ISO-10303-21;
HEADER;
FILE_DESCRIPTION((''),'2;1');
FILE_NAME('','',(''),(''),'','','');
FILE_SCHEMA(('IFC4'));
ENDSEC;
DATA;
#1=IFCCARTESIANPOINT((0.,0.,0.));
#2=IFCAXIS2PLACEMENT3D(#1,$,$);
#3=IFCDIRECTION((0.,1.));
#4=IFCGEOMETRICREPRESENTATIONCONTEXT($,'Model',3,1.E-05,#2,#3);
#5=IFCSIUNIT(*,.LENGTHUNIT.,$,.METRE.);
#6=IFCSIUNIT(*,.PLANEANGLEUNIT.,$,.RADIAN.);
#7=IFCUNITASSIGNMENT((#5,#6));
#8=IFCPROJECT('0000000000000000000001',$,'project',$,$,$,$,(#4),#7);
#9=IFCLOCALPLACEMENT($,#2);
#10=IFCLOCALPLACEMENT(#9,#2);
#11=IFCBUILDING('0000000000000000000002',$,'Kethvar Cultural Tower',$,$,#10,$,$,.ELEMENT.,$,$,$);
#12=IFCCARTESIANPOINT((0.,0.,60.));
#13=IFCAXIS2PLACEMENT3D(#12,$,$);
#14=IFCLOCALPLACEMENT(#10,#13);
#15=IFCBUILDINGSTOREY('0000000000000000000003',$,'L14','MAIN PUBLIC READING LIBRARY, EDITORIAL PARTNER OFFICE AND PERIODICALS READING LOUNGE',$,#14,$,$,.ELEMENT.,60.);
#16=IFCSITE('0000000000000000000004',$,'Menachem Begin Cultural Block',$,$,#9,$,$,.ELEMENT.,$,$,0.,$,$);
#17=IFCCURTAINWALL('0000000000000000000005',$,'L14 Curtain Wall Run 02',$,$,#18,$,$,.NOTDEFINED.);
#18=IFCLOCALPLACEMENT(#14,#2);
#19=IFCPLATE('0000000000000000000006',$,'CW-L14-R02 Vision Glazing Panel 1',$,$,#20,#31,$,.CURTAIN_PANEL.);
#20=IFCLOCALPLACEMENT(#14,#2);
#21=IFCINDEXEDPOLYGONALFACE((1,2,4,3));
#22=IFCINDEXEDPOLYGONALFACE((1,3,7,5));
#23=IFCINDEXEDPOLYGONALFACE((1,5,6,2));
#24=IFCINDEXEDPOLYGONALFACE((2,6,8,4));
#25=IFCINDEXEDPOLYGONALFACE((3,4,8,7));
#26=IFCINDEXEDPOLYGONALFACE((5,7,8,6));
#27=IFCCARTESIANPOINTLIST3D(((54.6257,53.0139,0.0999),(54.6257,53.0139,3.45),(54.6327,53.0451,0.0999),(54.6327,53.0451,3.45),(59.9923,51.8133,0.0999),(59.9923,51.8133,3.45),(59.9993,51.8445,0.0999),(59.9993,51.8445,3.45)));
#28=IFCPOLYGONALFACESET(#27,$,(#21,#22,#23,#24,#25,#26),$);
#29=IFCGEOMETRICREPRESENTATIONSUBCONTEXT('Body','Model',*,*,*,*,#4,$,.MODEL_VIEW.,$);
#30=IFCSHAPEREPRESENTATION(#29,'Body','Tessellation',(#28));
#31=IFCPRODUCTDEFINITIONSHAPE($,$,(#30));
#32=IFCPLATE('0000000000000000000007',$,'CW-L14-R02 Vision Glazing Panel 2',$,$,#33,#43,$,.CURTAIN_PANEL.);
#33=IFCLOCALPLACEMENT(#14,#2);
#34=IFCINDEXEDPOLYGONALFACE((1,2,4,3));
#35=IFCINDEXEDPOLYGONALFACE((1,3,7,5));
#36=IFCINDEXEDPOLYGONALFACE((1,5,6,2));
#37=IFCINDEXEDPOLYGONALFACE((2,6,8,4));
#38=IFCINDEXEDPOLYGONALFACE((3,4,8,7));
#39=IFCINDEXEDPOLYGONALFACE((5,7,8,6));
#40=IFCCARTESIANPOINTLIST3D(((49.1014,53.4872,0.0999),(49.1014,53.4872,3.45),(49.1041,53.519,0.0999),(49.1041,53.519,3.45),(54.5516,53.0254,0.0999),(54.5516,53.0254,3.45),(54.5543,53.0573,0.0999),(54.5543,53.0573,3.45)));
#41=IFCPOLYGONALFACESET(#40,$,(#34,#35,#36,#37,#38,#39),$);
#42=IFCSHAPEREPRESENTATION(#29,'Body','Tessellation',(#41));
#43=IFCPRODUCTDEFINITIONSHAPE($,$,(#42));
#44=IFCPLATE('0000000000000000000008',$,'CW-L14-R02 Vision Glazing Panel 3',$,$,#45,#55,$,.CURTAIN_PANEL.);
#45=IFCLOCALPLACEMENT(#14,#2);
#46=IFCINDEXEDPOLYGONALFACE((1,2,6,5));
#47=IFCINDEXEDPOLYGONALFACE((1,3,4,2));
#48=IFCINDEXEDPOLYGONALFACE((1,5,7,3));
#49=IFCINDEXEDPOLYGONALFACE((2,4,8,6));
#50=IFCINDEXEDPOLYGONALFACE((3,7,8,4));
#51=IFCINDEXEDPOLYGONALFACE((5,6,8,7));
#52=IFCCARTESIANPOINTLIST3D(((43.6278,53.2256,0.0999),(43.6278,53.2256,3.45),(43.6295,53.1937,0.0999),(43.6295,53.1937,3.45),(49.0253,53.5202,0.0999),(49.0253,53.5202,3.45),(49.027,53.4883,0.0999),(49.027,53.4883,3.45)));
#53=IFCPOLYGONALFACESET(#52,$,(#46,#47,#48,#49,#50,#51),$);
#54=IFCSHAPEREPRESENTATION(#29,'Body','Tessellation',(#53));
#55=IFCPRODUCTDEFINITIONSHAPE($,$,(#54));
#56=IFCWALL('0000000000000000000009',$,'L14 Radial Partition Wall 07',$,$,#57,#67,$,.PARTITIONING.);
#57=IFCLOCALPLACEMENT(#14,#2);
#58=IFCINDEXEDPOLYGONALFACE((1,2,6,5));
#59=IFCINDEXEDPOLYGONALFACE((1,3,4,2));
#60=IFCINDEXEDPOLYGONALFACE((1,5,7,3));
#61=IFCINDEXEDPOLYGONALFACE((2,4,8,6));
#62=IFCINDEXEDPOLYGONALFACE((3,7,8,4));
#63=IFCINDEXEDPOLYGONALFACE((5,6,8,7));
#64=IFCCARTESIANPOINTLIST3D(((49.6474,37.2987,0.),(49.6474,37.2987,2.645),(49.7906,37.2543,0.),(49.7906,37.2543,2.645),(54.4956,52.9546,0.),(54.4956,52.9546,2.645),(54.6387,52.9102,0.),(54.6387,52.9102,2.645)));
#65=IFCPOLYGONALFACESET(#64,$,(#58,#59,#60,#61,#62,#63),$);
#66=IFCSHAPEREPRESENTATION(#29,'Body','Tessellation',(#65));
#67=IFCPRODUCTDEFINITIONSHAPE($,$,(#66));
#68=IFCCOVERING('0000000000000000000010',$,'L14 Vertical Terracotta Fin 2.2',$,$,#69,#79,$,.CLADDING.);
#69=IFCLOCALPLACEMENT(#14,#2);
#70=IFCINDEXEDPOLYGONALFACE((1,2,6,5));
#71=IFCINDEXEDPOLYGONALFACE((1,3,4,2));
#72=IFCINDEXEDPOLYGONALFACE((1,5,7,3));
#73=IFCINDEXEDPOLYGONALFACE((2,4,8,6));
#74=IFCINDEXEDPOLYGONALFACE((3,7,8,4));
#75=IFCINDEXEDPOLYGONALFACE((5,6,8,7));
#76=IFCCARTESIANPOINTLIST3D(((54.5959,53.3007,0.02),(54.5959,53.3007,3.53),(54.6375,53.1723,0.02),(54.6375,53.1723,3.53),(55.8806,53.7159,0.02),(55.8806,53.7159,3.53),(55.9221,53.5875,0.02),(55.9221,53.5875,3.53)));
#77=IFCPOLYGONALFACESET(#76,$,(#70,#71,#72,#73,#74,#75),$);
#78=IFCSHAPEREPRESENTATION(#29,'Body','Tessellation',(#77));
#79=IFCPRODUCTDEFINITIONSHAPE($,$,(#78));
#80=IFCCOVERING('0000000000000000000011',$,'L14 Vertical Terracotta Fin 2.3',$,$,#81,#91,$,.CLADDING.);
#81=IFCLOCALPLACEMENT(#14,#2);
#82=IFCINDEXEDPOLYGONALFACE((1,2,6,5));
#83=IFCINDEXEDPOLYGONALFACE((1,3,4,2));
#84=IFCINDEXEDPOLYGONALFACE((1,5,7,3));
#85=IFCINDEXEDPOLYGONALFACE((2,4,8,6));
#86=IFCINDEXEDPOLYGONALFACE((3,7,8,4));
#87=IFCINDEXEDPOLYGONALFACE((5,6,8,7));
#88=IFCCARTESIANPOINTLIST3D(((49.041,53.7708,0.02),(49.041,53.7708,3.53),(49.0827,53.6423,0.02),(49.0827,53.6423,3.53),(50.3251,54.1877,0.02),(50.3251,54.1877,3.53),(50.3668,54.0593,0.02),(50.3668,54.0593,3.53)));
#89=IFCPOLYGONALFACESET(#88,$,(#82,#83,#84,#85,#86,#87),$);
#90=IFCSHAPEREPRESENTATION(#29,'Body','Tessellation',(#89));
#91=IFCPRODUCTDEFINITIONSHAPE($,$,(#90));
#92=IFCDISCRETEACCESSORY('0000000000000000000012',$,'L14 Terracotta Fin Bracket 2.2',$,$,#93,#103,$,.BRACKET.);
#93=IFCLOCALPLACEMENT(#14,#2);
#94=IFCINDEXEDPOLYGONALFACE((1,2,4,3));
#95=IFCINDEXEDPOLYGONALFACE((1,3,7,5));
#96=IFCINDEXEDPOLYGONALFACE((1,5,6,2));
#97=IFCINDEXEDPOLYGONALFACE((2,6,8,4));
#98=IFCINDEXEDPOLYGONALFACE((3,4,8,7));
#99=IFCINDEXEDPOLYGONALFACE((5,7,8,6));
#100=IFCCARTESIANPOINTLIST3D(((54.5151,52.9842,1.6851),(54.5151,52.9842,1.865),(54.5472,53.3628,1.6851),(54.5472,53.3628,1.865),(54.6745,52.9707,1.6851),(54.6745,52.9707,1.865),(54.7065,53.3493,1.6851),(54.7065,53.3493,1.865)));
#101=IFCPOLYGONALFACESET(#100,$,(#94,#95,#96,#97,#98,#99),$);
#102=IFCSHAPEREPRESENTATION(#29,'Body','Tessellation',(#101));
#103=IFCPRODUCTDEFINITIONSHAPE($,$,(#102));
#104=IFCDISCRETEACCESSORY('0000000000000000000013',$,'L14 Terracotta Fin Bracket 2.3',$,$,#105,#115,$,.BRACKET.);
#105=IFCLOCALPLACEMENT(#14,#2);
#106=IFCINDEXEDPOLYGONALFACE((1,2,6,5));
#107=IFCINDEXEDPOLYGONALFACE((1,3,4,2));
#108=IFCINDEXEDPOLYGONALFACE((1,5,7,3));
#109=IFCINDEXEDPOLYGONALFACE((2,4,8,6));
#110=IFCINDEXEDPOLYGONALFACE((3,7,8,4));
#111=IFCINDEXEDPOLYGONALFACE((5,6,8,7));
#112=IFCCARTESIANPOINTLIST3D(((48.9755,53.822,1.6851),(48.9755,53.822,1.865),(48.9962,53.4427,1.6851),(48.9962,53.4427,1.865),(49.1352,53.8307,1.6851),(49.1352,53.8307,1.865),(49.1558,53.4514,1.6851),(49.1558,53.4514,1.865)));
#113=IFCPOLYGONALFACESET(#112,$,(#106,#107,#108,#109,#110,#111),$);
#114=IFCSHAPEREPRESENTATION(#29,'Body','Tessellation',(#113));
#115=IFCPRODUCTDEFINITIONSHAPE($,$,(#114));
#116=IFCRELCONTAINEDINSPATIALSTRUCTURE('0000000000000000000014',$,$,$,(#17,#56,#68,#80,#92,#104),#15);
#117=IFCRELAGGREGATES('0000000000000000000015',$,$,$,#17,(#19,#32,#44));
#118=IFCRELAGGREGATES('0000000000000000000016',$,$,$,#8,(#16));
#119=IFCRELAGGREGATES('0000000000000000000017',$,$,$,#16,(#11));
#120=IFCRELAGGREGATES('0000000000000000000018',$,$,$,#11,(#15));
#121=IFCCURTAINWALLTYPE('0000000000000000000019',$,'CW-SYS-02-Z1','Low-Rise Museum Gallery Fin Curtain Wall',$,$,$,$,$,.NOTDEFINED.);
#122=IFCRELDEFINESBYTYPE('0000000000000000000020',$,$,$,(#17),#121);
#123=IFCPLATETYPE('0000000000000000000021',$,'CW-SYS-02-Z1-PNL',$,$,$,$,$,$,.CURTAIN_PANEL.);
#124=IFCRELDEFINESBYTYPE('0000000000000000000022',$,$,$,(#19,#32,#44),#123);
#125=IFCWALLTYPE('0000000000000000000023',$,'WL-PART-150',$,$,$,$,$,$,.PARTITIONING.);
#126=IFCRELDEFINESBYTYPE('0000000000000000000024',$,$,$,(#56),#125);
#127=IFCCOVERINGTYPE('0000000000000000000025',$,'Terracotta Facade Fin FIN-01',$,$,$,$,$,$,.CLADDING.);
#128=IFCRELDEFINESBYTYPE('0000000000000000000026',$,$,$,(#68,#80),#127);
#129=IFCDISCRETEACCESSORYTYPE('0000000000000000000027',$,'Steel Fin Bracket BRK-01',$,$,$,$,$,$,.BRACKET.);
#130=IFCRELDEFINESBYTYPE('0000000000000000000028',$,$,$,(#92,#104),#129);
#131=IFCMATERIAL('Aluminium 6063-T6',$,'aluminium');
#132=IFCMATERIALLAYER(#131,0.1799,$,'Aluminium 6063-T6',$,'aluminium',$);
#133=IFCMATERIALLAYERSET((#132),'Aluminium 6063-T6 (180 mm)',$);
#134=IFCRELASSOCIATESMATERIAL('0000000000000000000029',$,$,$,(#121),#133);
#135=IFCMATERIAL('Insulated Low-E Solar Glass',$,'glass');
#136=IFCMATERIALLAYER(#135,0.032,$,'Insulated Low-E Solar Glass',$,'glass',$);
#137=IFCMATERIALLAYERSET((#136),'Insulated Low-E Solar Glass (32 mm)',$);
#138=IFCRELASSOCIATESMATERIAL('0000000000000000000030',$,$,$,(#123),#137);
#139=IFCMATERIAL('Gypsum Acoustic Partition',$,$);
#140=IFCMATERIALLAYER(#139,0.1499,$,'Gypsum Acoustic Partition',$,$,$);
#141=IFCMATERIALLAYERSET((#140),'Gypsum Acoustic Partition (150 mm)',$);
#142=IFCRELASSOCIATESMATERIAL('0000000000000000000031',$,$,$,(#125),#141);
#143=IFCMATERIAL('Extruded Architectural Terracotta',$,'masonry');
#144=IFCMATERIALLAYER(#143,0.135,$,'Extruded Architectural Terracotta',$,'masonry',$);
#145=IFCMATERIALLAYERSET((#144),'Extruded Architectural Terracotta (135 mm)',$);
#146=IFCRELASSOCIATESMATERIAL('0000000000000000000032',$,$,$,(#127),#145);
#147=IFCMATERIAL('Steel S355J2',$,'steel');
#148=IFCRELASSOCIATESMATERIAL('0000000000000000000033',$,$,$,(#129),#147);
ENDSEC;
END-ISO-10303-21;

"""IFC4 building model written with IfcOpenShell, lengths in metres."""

from ifc_helpers import new_model, si_unit, direction, frame, frame_2d, origin, origin_2d, place, context, subcontext, project, spatial, rectangle, extrude, source, transform, mapped, material, layer, layer_set, type_object, element, aggregate, save


model = new_model("IFC4")

# Units and contexts
model_context = context("Model", 3, precision=1e-05, world=origin(), true_north=direction((0.0, 1.0)))
body_context = subcontext(model_context, "Body", "Model", "MODEL_VIEW")
ifc_project = project(units=[si_unit("LENGTHUNIT", "METRE"), si_unit("PLANEANGLEUNIT", "RADIAN")], contexts=[model_context])

# Site, building, storey
site_placement = place(None, origin())
site = spatial("IfcSite", under=ifc_project, at=site_placement, Name="Menachem Begin Cultural Block", CompositionType="ELEMENT", RefElevation=0.0)
building_placement = place(site_placement, origin())
building = spatial("IfcBuilding", under=site, at=building_placement, Name="Kethvar Cultural Tower", CompositionType="ELEMENT")
storey_placement = place(building_placement, frame((0.0, 0.0, 60.0)))
storey = spatial("IfcBuildingStorey", under=building, at=storey_placement, Name="L14", Description="MAIN PUBLIC READING LIBRARY, EDITORIAL PARTNER OFFICE AND PERIODICALS READING LOUNGE", CompositionType="ELEMENT", Elevation=60.0)

# Shared definitions
ifc_material_1 = material(Name="Steel S355J2", Category="steel")

# Curtain wall, plates
ifc_material_2 = material(Name="Aluminium 6063-T6", Category="aluminium")
ifc_layer_1 = layer(ifc_material_2, 0.1799, Name="Aluminium 6063-T6", Category="aluminium")
ifc_layer_set_1 = layer_set([ifc_layer_1], Name="Aluminium 6063-T6 (180 mm)")
curtain_wall_type = type_object("IfcCurtainWallType", Name="CW-SYS-02-Z1", Description="Low-Rise Museum Gallery Fin Curtain Wall", PredefinedType="NOTDEFINED", material=ifc_layer_set_1)
curtain_wall_placement = place(storey_placement, origin())
curtain_wall = element("IfcCurtainWall", 1, at=curtain_wall_placement, inside=storey, type_object=curtain_wall_type, Name="L14 Curtain Wall Run 02", PredefinedType="NOTDEFINED")
ifc_material_3 = material(Name="Insulated Low-E Solar Glass", Category="glass")
ifc_layer_2 = layer(ifc_material_3, 0.032, Name="Insulated Low-E Solar Glass", Category="glass")
ifc_layer_set_2 = layer_set([ifc_layer_2], Name="Insulated Low-E Solar Glass (32 mm)")
plate_type = type_object("IfcPlateType", Name="CW-SYS-02-Z1-PNL", PredefinedType="CURTAIN_PANEL", material=ifc_layer_set_2)
shared_shape_1 = source(origin(), body_context, "Body", "SweptSolid", [
    extrude(rectangle(XDim=5.4993, YDim=0.032, at=origin_2d()), origin(), (0.0, 0.0, 1.0), 3.3501),
])
plate_1_placement = place(storey_placement, frame((57.3125, 52.4292, 0.0999), z_axis=(0.0, 0.0, 1.0), x_axis=(-0.975879, 0.218314, 0.0)))
plate_1 = element("IfcPlate", 2, at=plate_1_placement, type_object=plate_type, Name="CW-L14-R02 Vision Glazing Panel 1", PredefinedType="CURTAIN_PANEL", context=body_context, shape_type="MappedRepresentation", body=[
    mapped(shared_shape_1, transform((0.0, 0.0, 0.0), scale=1.0)),
])
shared_shape_2 = source(origin(), body_context, "Body", "SweptSolid", [
    extrude(rectangle(XDim=5.4697, YDim=0.032, at=origin_2d()), origin(), (0.0, 0.0, 1.0), 3.3501),
])
plate_2_placement = place(storey_placement, frame((51.8279, 53.2722, 0.0999), z_axis=(0.0, 0.0, 1.0), x_axis=(-0.99643, 0.084426, 0.0)))
plate_2 = element("IfcPlate", 3, at=plate_2_placement, type_object=plate_type, Name="CW-L14-R02 Vision Glazing Panel 2", PredefinedType="CURTAIN_PANEL", context=body_context, shape_type="MappedRepresentation", body=[
    mapped(shared_shape_2, transform((0.0, 0.0, 0.0), scale=1.0)),
])
shared_shape_3 = source(origin(), body_context, "Body", "SweptSolid", [
    extrude(rectangle(XDim=5.4055, YDim=0.032, at=origin_2d()), origin(), (0.0, 0.0, 1.0), 3.3501),
])
plate_3_placement = place(storey_placement, frame((46.3274, 53.3569, 0.0999), z_axis=(0.0, 0.0, 1.0), x_axis=(-0.998514, -0.054497, 0.0)))
plate_3 = element("IfcPlate", 4, at=plate_3_placement, type_object=plate_type, Name="CW-L14-R02 Vision Glazing Panel 3", PredefinedType="CURTAIN_PANEL", context=body_context, shape_type="MappedRepresentation", body=[
    mapped(shared_shape_3, transform((0.0, 0.0, 0.0), scale=1.0)),
])
aggregate(curtain_wall, [plate_1, plate_2, plate_3])

# Wall
ifc_material_4 = material(Name="Gypsum Acoustic Partition")
ifc_layer_3 = layer(ifc_material_4, 0.1499, Name="Gypsum Acoustic Partition")
ifc_layer_set_3 = layer_set([ifc_layer_3], Name="Gypsum Acoustic Partition (150 mm)")
wall_type_1 = type_object("IfcWallType", Name="WL-PART-150", PredefinedType="PARTITIONING", material=ifc_layer_set_3)
wall_1_placement = place(storey_placement, frame((49.719, 37.2764, 0.0), z_axis=(0.0, 0.0, 1.0), x_axis=(0.295808, 0.955247, 0.0)))
element("IfcWall", 5, at=wall_1_placement, inside=storey, type_object=wall_type_1, Name="L14 Radial Partition Wall 07", PredefinedType="PARTITIONING", context=body_context, shape_type="SweptSolid", body=[
    extrude(rectangle(XDim=16.3894, YDim=0.1499, at=frame_2d((8.1948, 0.0))), origin(), (0.0, 0.0, 1.0), 2.645),
])

# Coverings
ifc_material_5 = material(Name="Extruded Architectural Terracotta", Category="masonry")
ifc_layer_4 = layer(ifc_material_5, 0.135, Name="Extruded Architectural Terracotta", Category="masonry")
ifc_layer_set_4 = layer_set([ifc_layer_4], Name="Extruded Architectural Terracotta (135 mm)")
covering_type = type_object("IfcCoveringType", Name="Terracotta Facade Fin FIN-01", PredefinedType="CLADDING", material=ifc_layer_set_4)
shared_shape_4 = source(origin(), body_context, "Body", "SweptSolid", [
    extrude(rectangle(XDim=1.3501, YDim=0.135, at=origin_2d()), origin(), (0.0, 0.0, 1.0), 3.51),
])
for number, where, z_axis, x_axis, name in (
    (6, (55.259, 53.4441, 0.02), (0.0, 0.0, 1.0), (0.951541, 0.307523, 0.0), "L14 Vertical Terracotta Fin 2.2"),
    (7, (49.7039, 53.915, 0.02), (0.0, 0.0, 1.0), (0.95111, 0.308851, 0.0), "L14 Vertical Terracotta Fin 2.3"),
):
    element("IfcCovering", number, at=place(storey_placement, frame(where, z_axis=z_axis, x_axis=x_axis)), inside=storey, type_object=covering_type, Name=name, PredefinedType="CLADDING", context=body_context, shape_type="MappedRepresentation", body=[
        mapped(shared_shape_4, transform((0.0, 0.0, 0.0), scale=1.0)),
    ])

# Discrete accessories
discrete_accessory_type = type_object("IfcDiscreteAccessoryType", Name="Steel Fin Bracket BRK-01", PredefinedType="BRACKET", material=ifc_material_1)
shared_shape_5 = source(origin(), body_context, "Body", "SweptSolid", [
    extrude(rectangle(XDim=0.3799, YDim=0.1599, at=origin_2d()), origin(), (0.0, 0.0, 1.0), 0.1799),
])
for number, where, z_axis, x_axis, name in (
    (8, (54.6108, 53.1667, 1.6851), (0.0, 0.0, 1.0), (0.084374, 0.996434, 0.0), "L14 Terracotta Fin Bracket 2.2"),
    (9, (49.0657, 53.6367, 1.6851), (0.0, 0.0, 1.0), (-0.054427, 0.998518, 0.0), "L14 Terracotta Fin Bracket 2.3"),
):
    element("IfcDiscreteAccessory", number, at=place(storey_placement, frame(where, z_axis=z_axis, x_axis=x_axis)), inside=storey, type_object=discrete_accessory_type, Name=name, PredefinedType="BRACKET", context=body_context, shape_type="MappedRepresentation", body=[
        mapped(shared_shape_5, transform((0.0, 0.0, 0.0), scale=1.0)),
    ])

save(model, "model.ifc")
